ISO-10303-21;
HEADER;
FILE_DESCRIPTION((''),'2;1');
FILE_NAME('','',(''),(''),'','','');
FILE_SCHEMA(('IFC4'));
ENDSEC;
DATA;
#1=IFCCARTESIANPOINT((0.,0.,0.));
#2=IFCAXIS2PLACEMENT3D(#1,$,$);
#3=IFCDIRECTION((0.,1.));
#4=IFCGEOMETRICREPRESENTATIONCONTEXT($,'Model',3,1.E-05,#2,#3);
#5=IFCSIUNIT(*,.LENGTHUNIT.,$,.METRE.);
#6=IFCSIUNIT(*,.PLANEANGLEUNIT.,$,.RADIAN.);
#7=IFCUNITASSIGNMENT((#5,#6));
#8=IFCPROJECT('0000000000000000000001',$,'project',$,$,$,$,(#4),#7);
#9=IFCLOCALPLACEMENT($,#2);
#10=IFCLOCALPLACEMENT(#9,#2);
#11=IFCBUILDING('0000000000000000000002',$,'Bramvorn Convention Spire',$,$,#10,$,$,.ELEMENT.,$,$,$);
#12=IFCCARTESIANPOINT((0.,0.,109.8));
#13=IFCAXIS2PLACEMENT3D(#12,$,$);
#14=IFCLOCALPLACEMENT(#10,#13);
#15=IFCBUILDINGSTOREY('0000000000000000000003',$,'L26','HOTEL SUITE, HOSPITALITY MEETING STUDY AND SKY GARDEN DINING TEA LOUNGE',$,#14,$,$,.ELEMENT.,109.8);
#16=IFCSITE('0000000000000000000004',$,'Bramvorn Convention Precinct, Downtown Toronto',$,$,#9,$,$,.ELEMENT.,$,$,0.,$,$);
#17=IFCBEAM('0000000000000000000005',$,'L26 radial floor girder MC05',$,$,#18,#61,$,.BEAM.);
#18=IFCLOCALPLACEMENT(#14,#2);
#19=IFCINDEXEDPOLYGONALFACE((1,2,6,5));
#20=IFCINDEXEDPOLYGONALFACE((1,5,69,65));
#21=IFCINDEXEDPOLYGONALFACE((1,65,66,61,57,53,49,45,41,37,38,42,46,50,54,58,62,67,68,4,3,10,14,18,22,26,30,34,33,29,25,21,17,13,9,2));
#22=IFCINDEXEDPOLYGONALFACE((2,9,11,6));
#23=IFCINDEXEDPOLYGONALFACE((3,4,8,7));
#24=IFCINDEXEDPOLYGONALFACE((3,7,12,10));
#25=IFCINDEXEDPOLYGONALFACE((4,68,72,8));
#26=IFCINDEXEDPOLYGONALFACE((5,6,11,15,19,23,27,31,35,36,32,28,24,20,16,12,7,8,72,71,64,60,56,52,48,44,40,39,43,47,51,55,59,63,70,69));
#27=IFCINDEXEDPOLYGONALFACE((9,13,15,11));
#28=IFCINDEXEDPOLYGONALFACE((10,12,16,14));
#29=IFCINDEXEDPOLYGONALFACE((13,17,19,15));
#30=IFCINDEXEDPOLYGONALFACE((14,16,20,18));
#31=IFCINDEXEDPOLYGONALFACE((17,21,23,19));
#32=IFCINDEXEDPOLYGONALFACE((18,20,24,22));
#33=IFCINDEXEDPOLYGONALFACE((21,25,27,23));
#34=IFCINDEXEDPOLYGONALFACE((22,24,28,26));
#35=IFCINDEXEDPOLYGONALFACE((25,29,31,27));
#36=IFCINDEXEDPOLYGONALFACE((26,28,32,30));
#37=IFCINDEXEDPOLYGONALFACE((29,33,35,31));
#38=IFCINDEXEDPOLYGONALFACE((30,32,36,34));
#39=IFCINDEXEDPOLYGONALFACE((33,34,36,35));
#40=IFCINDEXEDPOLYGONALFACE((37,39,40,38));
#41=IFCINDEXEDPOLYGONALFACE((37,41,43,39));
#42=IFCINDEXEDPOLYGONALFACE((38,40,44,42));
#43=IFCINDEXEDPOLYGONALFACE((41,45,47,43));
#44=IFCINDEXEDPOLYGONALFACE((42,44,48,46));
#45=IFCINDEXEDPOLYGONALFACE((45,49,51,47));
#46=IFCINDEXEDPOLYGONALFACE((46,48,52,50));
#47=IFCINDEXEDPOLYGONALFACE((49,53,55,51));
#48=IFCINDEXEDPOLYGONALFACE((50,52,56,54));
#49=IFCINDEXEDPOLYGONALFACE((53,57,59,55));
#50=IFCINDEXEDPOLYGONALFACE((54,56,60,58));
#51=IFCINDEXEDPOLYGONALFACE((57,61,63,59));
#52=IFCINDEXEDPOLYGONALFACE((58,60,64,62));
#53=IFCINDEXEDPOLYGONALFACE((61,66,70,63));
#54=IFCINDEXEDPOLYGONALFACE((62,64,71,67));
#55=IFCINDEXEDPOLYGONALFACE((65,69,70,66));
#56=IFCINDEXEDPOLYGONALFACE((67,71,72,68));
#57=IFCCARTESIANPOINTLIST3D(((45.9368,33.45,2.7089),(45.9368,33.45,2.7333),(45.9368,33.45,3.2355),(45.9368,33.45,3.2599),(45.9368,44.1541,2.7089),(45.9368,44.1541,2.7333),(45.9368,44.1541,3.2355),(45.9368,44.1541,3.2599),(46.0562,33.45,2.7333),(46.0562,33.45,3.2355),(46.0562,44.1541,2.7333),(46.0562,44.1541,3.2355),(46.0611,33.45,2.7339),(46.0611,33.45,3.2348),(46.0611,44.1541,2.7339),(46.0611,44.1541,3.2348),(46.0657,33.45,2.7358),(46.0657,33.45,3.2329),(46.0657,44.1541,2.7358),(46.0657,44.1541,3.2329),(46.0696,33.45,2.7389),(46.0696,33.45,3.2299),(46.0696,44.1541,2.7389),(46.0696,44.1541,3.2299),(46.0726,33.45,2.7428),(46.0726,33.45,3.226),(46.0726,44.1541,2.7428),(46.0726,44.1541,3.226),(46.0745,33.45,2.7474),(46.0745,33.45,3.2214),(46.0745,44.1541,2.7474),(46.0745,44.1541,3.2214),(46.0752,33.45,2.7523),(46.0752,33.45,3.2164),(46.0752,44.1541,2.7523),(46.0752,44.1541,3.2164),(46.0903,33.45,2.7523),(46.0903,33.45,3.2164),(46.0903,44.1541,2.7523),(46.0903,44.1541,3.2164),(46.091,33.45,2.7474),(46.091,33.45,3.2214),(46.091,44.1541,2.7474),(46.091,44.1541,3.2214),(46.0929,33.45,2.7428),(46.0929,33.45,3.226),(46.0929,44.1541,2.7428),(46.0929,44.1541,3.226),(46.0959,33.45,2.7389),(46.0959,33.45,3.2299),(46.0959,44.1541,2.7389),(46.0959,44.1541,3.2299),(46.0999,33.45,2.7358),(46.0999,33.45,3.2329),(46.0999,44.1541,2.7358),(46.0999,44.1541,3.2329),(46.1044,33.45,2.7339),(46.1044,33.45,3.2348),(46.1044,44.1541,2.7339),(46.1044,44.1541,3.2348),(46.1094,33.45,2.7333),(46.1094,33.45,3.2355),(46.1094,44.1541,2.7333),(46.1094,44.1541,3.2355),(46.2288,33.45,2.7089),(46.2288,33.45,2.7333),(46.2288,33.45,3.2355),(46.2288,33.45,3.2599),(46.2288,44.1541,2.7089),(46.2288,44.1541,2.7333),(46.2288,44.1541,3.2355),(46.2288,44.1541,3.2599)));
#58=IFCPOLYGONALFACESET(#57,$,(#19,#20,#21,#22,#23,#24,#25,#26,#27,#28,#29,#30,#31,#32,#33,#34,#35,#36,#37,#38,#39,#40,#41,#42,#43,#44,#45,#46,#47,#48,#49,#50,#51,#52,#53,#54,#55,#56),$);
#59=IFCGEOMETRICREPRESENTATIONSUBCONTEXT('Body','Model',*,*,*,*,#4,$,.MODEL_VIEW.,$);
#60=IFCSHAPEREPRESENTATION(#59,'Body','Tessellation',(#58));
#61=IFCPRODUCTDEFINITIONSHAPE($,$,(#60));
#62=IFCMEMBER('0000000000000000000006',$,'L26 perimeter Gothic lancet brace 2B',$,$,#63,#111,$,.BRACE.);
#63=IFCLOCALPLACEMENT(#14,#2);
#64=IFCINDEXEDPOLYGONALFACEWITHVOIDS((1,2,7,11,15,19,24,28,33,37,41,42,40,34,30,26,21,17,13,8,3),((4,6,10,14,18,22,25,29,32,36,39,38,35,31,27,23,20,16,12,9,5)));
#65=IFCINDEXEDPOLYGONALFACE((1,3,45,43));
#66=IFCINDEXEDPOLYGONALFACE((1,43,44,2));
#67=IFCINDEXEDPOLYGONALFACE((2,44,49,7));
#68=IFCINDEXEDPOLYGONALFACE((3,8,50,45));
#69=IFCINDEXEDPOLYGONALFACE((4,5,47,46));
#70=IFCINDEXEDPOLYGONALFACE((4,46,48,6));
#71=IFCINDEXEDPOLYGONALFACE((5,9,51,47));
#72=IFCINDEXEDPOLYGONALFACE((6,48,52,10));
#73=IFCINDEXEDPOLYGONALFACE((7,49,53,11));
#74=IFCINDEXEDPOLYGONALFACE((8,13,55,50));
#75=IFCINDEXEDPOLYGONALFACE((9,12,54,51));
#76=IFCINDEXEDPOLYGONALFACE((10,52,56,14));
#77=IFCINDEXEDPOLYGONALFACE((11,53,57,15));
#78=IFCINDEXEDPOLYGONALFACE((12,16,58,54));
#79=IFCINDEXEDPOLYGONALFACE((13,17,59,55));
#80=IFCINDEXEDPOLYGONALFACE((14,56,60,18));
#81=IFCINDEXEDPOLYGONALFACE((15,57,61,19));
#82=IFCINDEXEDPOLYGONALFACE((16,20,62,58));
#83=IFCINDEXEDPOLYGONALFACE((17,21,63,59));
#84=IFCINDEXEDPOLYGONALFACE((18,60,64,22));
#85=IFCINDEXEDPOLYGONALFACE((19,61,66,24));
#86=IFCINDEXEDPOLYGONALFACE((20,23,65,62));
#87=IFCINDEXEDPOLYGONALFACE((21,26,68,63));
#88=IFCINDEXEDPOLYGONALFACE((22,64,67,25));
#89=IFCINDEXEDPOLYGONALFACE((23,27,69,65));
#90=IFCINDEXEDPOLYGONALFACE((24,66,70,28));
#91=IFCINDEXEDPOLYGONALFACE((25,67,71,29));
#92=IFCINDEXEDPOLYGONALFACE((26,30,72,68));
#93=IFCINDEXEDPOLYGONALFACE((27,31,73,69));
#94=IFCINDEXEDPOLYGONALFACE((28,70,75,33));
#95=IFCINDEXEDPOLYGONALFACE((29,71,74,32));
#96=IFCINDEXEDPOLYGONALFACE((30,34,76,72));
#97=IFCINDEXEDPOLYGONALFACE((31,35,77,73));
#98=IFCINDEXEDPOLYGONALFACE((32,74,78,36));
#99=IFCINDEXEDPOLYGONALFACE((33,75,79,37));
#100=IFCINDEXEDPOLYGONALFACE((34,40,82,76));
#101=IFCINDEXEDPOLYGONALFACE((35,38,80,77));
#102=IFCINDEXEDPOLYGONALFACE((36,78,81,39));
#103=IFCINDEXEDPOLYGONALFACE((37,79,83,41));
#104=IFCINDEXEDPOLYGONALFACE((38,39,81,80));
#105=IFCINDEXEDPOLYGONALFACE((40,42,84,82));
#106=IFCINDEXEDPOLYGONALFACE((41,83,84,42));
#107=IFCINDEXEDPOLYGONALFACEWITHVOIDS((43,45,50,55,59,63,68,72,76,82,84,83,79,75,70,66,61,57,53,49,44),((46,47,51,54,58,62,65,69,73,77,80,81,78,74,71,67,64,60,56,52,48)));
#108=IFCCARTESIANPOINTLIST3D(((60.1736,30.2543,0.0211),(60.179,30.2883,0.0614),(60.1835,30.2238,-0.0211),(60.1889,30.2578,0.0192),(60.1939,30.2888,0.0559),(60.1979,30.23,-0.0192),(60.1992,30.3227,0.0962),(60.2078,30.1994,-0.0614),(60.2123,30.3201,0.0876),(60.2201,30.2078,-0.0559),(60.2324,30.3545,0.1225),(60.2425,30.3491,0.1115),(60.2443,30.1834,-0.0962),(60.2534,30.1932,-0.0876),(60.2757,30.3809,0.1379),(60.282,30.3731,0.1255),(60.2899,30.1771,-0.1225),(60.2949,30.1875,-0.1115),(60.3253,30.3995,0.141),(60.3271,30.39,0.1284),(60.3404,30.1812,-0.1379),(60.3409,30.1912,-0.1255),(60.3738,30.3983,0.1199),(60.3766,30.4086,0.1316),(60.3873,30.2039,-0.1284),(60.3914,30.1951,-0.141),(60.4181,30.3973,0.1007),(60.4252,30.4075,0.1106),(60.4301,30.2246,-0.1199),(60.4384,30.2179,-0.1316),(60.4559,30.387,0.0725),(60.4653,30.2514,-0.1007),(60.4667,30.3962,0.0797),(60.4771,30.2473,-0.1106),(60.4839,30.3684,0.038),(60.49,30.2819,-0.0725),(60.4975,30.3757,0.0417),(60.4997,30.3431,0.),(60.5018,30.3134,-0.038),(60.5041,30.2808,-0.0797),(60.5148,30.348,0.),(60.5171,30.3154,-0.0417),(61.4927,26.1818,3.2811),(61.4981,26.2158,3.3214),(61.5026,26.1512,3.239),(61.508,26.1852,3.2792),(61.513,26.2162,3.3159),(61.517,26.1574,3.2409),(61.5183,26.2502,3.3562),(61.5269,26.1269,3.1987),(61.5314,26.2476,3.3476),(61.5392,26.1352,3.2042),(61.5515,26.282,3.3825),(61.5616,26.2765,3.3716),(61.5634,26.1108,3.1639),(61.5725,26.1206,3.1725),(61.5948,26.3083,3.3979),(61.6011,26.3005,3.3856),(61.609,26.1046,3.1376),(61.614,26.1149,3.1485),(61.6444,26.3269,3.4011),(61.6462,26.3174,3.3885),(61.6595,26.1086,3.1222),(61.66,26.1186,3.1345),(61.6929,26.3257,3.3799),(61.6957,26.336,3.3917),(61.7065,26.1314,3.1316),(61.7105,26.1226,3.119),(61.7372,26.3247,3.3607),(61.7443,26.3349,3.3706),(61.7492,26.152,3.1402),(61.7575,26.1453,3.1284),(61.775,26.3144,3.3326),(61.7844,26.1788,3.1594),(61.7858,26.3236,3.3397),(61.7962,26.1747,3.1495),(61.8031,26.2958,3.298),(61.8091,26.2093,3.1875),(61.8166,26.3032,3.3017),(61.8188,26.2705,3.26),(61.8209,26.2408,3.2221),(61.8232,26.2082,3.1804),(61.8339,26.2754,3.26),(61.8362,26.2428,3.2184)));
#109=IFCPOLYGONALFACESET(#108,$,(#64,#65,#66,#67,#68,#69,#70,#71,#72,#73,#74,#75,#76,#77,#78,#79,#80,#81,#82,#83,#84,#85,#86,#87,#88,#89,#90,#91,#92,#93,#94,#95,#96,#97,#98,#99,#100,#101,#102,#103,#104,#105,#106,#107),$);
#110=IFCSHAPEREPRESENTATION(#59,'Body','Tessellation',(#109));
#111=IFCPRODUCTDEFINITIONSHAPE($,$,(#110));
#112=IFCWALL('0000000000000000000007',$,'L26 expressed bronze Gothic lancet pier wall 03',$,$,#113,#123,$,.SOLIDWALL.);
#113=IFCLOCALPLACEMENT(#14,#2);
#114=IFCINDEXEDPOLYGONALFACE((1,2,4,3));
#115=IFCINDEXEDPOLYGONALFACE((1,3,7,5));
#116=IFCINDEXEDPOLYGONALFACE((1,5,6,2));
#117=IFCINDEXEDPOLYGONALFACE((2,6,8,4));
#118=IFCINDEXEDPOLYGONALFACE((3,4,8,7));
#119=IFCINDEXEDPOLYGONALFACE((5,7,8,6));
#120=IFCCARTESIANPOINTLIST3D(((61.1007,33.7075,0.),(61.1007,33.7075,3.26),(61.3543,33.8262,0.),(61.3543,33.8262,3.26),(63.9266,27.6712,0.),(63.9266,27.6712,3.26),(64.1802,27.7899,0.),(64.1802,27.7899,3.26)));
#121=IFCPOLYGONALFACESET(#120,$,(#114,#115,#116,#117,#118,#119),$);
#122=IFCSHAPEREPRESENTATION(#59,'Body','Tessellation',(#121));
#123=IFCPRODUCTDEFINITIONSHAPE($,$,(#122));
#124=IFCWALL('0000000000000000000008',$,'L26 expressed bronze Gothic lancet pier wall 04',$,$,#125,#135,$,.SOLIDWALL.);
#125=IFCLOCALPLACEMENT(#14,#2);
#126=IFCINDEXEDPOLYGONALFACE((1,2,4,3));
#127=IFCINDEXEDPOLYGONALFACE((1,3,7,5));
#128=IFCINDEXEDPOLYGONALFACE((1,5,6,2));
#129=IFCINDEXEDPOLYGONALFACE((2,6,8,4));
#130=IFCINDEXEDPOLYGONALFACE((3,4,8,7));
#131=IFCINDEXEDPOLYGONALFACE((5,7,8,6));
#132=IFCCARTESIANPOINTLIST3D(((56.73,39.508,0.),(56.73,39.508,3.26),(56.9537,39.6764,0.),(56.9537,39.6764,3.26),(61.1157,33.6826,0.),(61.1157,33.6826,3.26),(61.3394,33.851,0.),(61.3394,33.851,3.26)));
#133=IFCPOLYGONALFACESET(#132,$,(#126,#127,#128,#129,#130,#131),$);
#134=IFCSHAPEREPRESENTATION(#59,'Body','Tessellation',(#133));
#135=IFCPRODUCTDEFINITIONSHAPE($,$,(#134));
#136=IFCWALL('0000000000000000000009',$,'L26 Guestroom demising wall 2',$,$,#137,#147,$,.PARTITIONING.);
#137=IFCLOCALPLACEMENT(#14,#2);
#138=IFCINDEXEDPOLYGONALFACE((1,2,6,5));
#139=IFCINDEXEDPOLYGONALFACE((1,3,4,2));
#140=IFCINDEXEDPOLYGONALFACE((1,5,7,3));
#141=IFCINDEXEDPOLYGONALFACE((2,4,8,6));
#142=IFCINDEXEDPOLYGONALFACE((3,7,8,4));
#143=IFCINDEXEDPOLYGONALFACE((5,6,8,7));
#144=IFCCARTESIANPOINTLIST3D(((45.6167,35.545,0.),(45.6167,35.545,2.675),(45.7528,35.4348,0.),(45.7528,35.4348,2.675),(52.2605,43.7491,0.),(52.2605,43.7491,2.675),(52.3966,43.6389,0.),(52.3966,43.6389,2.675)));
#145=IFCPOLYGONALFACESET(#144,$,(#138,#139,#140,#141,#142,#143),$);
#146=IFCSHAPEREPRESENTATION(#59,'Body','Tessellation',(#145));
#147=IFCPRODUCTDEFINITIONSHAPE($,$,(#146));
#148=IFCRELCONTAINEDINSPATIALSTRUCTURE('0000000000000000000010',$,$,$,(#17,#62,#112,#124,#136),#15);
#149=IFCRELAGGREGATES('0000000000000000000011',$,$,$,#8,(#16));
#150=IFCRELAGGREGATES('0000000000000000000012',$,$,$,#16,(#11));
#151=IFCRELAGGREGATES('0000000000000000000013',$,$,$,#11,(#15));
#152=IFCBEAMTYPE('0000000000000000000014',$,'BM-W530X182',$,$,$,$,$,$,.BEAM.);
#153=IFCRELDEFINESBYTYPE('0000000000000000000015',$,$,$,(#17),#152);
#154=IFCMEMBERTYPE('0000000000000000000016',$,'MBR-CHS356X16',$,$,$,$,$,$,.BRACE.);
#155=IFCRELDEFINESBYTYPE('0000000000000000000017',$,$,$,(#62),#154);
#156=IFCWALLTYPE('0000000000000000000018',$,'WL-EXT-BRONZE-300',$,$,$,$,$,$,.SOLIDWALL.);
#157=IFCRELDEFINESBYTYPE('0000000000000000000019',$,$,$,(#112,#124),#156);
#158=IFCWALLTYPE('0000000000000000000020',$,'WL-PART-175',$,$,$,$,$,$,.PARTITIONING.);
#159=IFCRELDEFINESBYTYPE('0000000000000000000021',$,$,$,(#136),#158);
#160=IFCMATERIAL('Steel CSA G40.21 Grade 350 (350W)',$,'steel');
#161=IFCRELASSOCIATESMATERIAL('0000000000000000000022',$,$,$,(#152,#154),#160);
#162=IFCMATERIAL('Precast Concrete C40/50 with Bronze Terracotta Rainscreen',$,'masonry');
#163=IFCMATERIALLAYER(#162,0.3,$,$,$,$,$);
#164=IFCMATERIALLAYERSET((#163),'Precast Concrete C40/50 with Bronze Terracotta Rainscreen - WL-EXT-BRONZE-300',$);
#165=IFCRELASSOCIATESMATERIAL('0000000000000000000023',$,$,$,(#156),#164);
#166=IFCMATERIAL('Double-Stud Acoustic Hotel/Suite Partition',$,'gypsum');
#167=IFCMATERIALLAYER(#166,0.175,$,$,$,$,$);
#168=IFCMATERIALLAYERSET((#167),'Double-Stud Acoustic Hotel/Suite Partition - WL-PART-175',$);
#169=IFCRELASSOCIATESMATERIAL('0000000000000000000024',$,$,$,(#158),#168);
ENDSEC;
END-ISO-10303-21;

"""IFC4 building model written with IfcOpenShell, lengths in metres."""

from ifc_helpers import new_model, si_unit, direction, frame, frame_2d, origin, origin_2d, place, context, subcontext, project, spatial, rectangle, hollow_circle, i_section, extrude, material, layer, layer_set, material_profile, profile_set, type_object, element, save


model = new_model("IFC4")

# Units and contexts
model_context = context("Model", 3, precision=1e-05, world=origin(), true_north=direction((0.0, 1.0)))
body_context = subcontext(model_context, "Body", "Model", "MODEL_VIEW")
ifc_project = project(units=[si_unit("LENGTHUNIT", "METRE"), si_unit("PLANEANGLEUNIT", "RADIAN")], contexts=[model_context])

# Site, building, storey
site_placement = place(None, origin())
site = spatial("IfcSite", under=ifc_project, at=site_placement, Name="Bramvorn Convention Precinct, Downtown Toronto", CompositionType="ELEMENT", RefElevation=0.0)
building_placement = place(site_placement, origin())
building = spatial("IfcBuilding", under=site, at=building_placement, Name="Bramvorn Convention Spire", CompositionType="ELEMENT")
storey_placement = place(building_placement, frame((0.0, 0.0, 109.8)))
storey = spatial("IfcBuildingStorey", under=building, at=storey_placement, Name="L26", Description="HOTEL SUITE, HOSPITALITY MEETING STUDY AND SKY GARDEN DINING TEA LOUNGE", CompositionType="ELEMENT", Elevation=109.8)

# Shared definitions
ifc_material_1 = material(Name="Steel CSA G40.21 Grade 350 (350W)", Category="steel")

# Beam
ifc_material_profile_1 = material_profile(ifc_material_1, i_section(OverallWidth=0.292, OverallDepth=0.551, WebThickness=0.0151, FlangeThickness=0.0244, FilletRadius=0.019, at=origin_2d()))
ifc_profile_set_1 = profile_set([ifc_material_profile_1], Name="Steel CSA G40.21 Grade 350 (350W) - W530X182")
beam_type_1 = type_object("IfcBeamType", Name="BM-W530X182", PredefinedType="BEAM", material=ifc_profile_set_1)
beam_1_placement = place(storey_placement, frame((46.0828, 33.45, 2.9844), z_axis=(0.0, 1.0, 0.0), x_axis=(-1.0, 0.0, 0.0)))
element("IfcBeam", 1, at=beam_1_placement, inside=storey, type_object=beam_type_1, Name="L26 radial floor girder MC05", PredefinedType="BEAM", context=body_context, shape_type="SweptSolid", body=[
    extrude(i_section(OverallWidth=0.292, OverallDepth=0.551, WebThickness=0.0151, FlangeThickness=0.0244, FilletRadius=0.019, at=origin_2d()), origin(), (0.0, 0.0, 1.0), 10.7041),
])

# Member
ifc_material_profile_2 = material_profile(ifc_material_1, hollow_circle(Radius=0.1777, WallThickness=0.0159, at=origin_2d()))
ifc_profile_set_2 = profile_set([ifc_material_profile_2], Name="Steel CSA G40.21 Grade 350 (350W) - CHS356X16")
member_type = type_object("IfcMemberType", Name="MBR-CHS356X16", PredefinedType="BRACE", material=ifc_profile_set_2)
member_placement = place(storey_placement, frame((60.3457, 30.2932, 0.0), z_axis=(0.245148, -0.75686, 0.60586), x_axis=(0.951341, 0.308141, 0.0)))
element("IfcMember", 2, at=member_placement, inside=storey, type_object=member_type, Name="L26 perimeter Gothic lancet brace 2B", PredefinedType="BRACE", context=body_context, shape_type="SweptSolid", body=[
    extrude(hollow_circle(Radius=0.1777, WallThickness=0.0159, at=origin_2d()), origin(), (0.0, 0.0, 1.0), 5.3809),
])

# Walls
ifc_material_2 = material(Name="Precast Concrete C40/50 with Bronze Terracotta Rainscreen", Category="masonry")
ifc_layer_1 = layer(ifc_material_2, 0.3)
ifc_layer_set_1 = layer_set([ifc_layer_1], Name="Precast Concrete C40/50 with Bronze Terracotta Rainscreen - WL-EXT-BRONZE-300")
wall_type_1 = type_object("IfcWallType", Name="WL-EXT-BRONZE-300", PredefinedType="SOLIDWALL", material=ifc_layer_set_1)
wall_1_placement = place(storey_placement, frame((61.2275, 33.7668, 0.0), z_axis=(0.0, 0.0, 1.0), x_axis=(0.423988, -0.905668, 0.0)))
element("IfcWall", 3, at=wall_1_placement, inside=storey, type_object=wall_type_1, Name="L26 expressed bronze Gothic lancet pier wall 03", PredefinedType="SOLIDWALL", context=body_context, shape_type="SweptSolid", body=[
    extrude(rectangle(XDim=6.665, YDim=0.28, at=frame_2d((3.3325, 0.0))), origin(), (0.0, 0.0, 1.0), 3.26),
])
wall_2_placement = place(storey_placement, frame((56.8418, 39.5923, 0.0), z_axis=(0.0, 0.0, 1.0), x_axis=(0.601461, -0.798902, 0.0)))
element("IfcWall", 4, at=wall_2_placement, inside=storey, type_object=wall_type_1, Name="L26 expressed bronze Gothic lancet pier wall 04", PredefinedType="SOLIDWALL", context=body_context, shape_type="SweptSolid", body=[
    extrude(rectangle(XDim=7.2917, YDim=0.28, at=frame_2d((3.646, 0.0))), origin(), (0.0, 0.0, 1.0), 3.26),
])
ifc_material_3 = material(Name="Double-Stud Acoustic Hotel/Suite Partition", Category="gypsum")
ifc_layer_2 = layer(ifc_material_3, 0.175)
ifc_layer_set_2 = layer_set([ifc_layer_2], Name="Double-Stud Acoustic Hotel/Suite Partition - WL-PART-175")
wall_type_2 = type_object("IfcWallType", Name="WL-PART-175", PredefinedType="PARTITIONING", material=ifc_layer_set_2)
wall_3_placement = place(storey_placement, frame((45.6848, 35.49, 0.0), z_axis=(0.0, 0.0, 1.0), x_axis=(0.629335, 0.777134, 0.0)))
element("IfcWall", 5, at=wall_3_placement, inside=storey, type_object=wall_type_2, Name="L26 Guestroom demising wall 2", PredefinedType="PARTITIONING", context=body_context, shape_type="SweptSolid", body=[
    extrude(rectangle(XDim=10.5569, YDim=0.175, at=frame_2d((5.2783, 0.0))), origin(), (0.0, 0.0, 1.0), 2.675),
])

save(model, "model.ifc")
